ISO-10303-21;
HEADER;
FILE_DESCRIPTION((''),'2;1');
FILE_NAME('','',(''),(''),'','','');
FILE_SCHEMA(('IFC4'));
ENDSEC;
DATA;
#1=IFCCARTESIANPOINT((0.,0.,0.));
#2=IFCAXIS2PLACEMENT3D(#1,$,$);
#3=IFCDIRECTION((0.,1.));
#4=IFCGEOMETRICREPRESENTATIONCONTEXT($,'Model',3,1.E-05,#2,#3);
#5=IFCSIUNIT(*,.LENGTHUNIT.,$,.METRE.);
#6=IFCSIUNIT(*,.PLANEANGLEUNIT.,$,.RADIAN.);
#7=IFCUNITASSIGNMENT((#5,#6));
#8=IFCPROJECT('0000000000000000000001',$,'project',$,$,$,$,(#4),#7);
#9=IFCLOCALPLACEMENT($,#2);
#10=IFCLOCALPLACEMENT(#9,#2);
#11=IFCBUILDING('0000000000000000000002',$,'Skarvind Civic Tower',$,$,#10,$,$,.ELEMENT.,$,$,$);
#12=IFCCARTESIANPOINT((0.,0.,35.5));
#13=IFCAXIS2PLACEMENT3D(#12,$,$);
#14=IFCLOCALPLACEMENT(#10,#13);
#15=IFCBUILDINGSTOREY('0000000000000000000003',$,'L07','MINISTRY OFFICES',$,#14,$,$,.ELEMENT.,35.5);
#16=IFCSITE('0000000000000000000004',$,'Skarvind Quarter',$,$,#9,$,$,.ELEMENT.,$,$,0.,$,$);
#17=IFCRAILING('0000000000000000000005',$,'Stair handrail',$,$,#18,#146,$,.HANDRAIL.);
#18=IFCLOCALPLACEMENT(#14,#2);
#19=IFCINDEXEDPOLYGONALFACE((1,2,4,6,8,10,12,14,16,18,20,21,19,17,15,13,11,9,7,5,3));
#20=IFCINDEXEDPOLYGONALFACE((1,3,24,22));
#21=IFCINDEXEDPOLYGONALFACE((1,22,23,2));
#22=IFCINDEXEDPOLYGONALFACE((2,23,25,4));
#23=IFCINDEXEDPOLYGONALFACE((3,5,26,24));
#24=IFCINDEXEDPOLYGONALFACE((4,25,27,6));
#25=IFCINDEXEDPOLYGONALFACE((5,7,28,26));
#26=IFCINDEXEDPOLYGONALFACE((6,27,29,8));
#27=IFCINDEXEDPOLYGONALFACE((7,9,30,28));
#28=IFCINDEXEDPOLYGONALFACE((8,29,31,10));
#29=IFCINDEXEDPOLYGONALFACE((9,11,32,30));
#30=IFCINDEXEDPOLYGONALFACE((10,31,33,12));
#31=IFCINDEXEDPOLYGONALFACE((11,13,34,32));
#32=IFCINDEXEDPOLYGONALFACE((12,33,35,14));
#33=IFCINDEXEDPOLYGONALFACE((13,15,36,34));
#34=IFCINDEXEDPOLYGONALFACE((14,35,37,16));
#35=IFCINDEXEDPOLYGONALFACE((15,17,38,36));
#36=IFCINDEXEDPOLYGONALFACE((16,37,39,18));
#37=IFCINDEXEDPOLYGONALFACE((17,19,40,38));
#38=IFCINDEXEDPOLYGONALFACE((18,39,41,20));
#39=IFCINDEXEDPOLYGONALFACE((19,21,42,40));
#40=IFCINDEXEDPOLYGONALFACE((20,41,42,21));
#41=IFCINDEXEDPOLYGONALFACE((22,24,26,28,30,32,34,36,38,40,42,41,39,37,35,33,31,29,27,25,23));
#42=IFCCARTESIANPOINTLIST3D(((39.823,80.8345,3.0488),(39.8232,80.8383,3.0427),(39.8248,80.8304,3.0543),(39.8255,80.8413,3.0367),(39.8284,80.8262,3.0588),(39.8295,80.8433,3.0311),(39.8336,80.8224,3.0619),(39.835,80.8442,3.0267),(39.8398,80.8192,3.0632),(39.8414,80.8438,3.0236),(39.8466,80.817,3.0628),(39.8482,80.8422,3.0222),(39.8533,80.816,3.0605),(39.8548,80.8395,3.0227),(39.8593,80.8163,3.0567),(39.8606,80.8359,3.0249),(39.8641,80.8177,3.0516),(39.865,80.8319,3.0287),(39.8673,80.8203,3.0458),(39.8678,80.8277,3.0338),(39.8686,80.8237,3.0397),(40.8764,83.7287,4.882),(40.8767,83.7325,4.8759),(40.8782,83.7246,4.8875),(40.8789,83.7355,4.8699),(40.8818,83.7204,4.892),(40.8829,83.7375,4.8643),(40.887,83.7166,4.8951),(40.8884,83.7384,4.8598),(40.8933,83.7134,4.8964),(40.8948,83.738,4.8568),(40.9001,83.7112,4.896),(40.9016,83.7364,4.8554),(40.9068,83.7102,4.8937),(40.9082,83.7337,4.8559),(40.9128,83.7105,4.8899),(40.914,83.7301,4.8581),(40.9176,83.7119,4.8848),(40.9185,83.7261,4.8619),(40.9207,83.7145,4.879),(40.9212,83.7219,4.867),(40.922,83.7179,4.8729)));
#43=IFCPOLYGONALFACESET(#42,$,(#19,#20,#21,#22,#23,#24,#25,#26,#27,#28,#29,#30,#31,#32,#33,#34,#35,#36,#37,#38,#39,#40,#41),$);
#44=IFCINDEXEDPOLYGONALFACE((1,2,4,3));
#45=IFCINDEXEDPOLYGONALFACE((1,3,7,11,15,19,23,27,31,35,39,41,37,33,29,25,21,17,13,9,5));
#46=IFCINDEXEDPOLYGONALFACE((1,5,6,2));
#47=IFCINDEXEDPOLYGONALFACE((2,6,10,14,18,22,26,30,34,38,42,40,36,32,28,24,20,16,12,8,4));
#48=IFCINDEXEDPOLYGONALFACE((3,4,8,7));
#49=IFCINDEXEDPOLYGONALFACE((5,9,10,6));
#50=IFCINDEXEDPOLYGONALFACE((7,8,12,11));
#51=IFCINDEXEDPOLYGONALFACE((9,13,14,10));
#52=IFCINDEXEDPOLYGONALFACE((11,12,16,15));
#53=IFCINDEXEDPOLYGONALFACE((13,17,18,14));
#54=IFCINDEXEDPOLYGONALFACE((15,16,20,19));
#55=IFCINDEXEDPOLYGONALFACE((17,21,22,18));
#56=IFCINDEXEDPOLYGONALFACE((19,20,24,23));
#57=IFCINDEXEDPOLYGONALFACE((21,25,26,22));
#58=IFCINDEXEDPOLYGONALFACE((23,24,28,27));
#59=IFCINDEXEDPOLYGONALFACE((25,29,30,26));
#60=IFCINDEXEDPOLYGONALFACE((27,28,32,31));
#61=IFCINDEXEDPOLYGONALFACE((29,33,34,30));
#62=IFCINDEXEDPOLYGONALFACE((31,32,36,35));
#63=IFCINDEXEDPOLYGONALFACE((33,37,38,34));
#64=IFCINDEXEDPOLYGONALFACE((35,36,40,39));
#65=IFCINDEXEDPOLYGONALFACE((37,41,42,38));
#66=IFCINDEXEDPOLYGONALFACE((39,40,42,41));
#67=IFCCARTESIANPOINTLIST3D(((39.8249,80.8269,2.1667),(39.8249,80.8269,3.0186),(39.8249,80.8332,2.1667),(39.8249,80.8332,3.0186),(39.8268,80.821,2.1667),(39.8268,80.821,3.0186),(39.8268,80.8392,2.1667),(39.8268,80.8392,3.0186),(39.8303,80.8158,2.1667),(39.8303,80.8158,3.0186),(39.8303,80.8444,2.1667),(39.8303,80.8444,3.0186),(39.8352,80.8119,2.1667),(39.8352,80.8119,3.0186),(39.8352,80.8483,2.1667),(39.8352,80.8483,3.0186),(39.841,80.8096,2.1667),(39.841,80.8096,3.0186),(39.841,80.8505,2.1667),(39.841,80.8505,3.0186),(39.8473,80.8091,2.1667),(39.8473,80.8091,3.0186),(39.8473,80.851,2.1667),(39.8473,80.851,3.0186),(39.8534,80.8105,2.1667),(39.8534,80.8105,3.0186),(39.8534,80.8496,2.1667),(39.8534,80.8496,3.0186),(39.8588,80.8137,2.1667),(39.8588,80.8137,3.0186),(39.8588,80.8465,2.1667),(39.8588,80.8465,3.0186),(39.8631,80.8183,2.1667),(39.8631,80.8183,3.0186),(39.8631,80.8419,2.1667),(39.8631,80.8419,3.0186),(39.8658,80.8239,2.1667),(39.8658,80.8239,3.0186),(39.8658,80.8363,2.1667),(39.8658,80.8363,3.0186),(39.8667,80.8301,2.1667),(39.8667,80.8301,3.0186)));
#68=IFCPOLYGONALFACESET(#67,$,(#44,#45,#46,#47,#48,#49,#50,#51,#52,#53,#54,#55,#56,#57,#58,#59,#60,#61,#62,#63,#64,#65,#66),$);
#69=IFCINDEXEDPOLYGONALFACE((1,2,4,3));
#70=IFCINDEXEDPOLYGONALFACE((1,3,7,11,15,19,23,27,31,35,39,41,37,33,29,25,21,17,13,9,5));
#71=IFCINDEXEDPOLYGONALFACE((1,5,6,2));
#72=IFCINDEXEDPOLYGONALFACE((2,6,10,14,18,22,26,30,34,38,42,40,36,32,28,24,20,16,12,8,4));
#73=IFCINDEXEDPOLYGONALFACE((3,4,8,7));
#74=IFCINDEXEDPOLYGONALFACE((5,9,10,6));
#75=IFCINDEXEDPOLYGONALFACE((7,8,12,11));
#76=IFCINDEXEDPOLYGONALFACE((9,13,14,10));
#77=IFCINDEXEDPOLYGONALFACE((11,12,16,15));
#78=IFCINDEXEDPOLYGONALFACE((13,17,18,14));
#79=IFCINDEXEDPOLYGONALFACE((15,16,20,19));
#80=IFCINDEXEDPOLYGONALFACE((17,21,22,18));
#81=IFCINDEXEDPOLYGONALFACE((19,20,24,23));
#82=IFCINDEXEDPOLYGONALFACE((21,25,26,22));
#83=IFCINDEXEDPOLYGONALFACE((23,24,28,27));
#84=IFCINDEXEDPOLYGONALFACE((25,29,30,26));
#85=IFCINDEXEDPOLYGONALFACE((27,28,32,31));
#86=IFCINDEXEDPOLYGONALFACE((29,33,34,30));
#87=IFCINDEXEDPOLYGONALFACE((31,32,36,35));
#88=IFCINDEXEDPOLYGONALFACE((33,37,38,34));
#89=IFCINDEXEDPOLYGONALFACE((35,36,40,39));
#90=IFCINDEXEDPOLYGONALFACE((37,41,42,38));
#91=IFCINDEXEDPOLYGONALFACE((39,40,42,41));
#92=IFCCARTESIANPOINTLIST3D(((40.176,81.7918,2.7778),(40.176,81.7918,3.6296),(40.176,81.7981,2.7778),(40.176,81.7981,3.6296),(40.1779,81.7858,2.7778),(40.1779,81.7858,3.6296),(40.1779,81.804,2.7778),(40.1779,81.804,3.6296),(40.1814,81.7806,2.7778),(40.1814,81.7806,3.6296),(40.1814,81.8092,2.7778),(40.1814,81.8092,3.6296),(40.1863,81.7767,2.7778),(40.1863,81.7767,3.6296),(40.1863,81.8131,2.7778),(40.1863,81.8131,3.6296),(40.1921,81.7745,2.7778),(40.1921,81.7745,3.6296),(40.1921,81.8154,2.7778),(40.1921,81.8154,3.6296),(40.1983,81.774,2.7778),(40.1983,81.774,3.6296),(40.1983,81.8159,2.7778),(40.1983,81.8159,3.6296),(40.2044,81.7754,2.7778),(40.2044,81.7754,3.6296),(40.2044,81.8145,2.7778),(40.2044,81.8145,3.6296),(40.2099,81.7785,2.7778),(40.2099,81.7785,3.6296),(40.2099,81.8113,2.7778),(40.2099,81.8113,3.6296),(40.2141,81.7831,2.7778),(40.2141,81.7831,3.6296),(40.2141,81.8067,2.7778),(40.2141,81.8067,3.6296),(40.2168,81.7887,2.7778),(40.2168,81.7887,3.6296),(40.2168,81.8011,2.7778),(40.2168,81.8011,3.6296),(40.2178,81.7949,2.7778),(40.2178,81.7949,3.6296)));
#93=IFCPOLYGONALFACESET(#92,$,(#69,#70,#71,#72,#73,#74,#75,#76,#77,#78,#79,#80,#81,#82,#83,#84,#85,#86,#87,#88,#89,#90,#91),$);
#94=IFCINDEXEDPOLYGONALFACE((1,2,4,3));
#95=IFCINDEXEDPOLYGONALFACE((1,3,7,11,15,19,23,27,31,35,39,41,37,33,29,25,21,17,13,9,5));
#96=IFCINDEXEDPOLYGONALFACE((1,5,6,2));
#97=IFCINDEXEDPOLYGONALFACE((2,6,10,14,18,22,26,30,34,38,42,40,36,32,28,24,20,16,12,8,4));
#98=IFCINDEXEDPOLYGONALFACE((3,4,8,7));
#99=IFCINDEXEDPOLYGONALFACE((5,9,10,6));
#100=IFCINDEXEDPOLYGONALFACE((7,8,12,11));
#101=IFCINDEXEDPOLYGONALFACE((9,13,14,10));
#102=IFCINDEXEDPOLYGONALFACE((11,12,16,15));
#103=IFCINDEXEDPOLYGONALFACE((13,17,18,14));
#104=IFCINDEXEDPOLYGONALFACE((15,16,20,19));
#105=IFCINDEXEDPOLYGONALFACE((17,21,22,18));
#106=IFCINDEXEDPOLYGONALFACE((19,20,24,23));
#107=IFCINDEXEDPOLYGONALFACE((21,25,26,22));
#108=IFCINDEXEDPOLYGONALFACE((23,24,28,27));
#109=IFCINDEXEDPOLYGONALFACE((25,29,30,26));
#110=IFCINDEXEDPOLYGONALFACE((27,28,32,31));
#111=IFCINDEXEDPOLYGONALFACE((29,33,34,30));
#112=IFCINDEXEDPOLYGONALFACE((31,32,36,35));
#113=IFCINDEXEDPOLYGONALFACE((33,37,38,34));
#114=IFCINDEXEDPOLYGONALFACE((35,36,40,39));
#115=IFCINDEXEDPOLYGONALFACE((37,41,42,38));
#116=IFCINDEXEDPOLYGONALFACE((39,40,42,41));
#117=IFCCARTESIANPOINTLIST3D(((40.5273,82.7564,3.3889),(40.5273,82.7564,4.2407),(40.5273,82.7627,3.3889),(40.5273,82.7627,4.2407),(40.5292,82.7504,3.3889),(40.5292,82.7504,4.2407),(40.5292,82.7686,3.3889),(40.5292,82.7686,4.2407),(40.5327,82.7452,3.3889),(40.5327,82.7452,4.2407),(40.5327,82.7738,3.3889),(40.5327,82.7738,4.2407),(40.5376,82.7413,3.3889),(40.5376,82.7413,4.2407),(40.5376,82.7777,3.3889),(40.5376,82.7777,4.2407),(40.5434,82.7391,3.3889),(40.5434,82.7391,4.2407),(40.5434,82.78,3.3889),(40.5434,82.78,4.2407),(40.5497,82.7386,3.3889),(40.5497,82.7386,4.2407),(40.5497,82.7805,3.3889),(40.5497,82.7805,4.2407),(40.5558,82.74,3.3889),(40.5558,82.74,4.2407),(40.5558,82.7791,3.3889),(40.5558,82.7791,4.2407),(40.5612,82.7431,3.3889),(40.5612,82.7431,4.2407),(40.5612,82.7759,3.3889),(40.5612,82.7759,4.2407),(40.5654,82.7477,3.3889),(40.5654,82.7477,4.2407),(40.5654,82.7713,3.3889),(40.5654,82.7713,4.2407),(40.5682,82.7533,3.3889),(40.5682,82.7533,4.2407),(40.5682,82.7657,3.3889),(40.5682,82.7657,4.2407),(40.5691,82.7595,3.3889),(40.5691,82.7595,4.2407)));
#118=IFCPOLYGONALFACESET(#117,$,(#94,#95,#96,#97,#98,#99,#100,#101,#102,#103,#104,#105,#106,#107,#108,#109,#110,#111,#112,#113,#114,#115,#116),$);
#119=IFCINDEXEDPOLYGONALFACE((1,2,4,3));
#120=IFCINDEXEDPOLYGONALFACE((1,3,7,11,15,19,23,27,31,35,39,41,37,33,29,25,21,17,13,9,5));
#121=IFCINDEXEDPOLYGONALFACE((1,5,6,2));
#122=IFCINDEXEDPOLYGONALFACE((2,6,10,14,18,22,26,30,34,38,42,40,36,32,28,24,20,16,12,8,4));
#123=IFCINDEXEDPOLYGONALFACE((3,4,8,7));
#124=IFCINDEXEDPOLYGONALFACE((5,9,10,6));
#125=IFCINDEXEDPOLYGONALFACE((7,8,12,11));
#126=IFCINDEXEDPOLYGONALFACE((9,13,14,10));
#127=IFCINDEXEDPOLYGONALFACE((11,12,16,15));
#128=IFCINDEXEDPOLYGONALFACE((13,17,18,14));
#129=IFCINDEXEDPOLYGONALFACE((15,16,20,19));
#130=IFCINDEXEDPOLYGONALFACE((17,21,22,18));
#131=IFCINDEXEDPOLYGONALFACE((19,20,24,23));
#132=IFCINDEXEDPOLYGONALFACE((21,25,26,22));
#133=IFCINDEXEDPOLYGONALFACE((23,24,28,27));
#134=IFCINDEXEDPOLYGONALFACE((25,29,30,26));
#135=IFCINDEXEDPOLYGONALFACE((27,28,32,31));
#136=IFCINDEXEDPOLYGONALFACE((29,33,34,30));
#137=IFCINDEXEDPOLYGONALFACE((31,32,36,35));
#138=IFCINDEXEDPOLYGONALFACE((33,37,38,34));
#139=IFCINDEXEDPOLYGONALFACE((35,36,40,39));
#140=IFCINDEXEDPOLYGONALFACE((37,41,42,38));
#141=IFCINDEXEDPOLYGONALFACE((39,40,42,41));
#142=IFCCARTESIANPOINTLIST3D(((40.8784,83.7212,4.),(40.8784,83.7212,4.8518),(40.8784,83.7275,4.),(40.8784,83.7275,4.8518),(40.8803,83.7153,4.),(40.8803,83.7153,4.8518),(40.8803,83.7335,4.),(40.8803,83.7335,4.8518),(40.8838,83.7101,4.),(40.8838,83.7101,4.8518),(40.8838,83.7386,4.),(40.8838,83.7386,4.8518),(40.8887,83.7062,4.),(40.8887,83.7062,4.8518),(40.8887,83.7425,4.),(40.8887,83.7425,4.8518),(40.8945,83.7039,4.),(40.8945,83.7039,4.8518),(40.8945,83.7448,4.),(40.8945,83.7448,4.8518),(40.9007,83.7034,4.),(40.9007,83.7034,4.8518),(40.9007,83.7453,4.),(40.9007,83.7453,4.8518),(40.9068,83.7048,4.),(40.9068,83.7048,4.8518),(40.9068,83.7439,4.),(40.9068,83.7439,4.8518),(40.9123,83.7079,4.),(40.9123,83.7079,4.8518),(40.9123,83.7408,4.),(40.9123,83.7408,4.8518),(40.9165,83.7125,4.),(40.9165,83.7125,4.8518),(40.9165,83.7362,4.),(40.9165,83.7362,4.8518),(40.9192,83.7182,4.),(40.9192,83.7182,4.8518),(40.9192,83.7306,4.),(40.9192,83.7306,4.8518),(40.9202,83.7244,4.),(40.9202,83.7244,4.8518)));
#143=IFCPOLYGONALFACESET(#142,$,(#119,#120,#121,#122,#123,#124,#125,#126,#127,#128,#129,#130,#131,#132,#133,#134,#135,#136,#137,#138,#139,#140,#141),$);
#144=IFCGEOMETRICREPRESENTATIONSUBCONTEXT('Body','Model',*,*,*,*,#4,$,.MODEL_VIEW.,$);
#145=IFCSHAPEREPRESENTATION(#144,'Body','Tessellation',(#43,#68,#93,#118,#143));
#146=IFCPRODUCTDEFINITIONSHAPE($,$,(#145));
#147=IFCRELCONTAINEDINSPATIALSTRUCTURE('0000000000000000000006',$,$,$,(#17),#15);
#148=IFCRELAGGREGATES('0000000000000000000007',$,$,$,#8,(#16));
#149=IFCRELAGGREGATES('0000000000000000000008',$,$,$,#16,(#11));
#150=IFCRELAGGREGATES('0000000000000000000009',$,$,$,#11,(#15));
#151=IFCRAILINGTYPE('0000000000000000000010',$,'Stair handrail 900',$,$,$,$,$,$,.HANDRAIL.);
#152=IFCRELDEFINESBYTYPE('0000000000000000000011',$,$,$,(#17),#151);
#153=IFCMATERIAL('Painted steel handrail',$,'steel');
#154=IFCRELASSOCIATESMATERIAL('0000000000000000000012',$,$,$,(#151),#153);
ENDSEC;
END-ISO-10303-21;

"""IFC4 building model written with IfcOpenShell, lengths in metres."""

from ifc_helpers import new_model, si_unit, direction, frame, origin, origin_2d, place, context, subcontext, project, spatial, circle, extrude, material, type_object, element, save


model = new_model("IFC4")

# Units and contexts
model_context = context("Model", 3, precision=1e-05, world=origin(), true_north=direction((0.0, 1.0)))
body_context = subcontext(model_context, "Body", "Model", "MODEL_VIEW")
ifc_project = project(units=[si_unit("LENGTHUNIT", "METRE"), si_unit("PLANEANGLEUNIT", "RADIAN")], contexts=[model_context])

# Site, building, storey
site_placement = place(None, origin())
site = spatial("IfcSite", under=ifc_project, at=site_placement, Name="Skarvind Quarter", CompositionType="ELEMENT", RefElevation=0.0)
building_placement = place(site_placement, origin())
building = spatial("IfcBuilding", under=site, at=building_placement, Name="Skarvind Civic Tower", CompositionType="ELEMENT")
storey_placement = place(building_placement, frame((0.0, 0.0, 35.5)))
storey = spatial("IfcBuildingStorey", under=building, at=storey_placement, Name="L07", Description="MINISTRY OFFICES", CompositionType="ELEMENT", Elevation=35.5)

# Railing
ifc_material_1 = material(Name="Painted steel handrail", Category="steel")
railing_type = type_object("IfcRailingType", Name="Stair handrail 900", PredefinedType="HANDRAIL", material=ifc_material_1)
railing_1_placement = place(storey_placement, frame((39.8457, 80.8301, 2.1667)))
element("IfcRailing", 1, at=railing_1_placement, inside=storey, type_object=railing_type, Name="Stair handrail", PredefinedType="HANDRAIL", context=body_context, shape_type="SweptSolid", body=[
    extrude(circle(Radius=0.0239, at=origin_2d()), frame((0.0, 0.0, 0.876), z_axis=(0.293908, 0.807481, 0.511461), x_axis=(-0.939689, 0.342029, 0.0)), (0.0, 0.0, 1.0), 3.5842),
    extrude(circle(Radius=0.021, at=origin_2d()), origin(), (0.0, 0.0, 1.0), 0.8518),
    extrude(circle(Radius=0.021, at=origin_2d()), frame((0.3511, 0.9648, 0.6111)), (0.0, 0.0, 1.0), 0.8518),
    extrude(circle(Radius=0.021, at=origin_2d()), frame((0.7024, 1.9294, 1.2222)), (0.0, 0.0, 1.0), 0.8518),
    extrude(circle(Radius=0.021, at=origin_2d()), frame((1.0535, 2.8943, 1.8333)), (0.0, 0.0, 1.0), 0.8518),
])

save(model, "model.ifc")
